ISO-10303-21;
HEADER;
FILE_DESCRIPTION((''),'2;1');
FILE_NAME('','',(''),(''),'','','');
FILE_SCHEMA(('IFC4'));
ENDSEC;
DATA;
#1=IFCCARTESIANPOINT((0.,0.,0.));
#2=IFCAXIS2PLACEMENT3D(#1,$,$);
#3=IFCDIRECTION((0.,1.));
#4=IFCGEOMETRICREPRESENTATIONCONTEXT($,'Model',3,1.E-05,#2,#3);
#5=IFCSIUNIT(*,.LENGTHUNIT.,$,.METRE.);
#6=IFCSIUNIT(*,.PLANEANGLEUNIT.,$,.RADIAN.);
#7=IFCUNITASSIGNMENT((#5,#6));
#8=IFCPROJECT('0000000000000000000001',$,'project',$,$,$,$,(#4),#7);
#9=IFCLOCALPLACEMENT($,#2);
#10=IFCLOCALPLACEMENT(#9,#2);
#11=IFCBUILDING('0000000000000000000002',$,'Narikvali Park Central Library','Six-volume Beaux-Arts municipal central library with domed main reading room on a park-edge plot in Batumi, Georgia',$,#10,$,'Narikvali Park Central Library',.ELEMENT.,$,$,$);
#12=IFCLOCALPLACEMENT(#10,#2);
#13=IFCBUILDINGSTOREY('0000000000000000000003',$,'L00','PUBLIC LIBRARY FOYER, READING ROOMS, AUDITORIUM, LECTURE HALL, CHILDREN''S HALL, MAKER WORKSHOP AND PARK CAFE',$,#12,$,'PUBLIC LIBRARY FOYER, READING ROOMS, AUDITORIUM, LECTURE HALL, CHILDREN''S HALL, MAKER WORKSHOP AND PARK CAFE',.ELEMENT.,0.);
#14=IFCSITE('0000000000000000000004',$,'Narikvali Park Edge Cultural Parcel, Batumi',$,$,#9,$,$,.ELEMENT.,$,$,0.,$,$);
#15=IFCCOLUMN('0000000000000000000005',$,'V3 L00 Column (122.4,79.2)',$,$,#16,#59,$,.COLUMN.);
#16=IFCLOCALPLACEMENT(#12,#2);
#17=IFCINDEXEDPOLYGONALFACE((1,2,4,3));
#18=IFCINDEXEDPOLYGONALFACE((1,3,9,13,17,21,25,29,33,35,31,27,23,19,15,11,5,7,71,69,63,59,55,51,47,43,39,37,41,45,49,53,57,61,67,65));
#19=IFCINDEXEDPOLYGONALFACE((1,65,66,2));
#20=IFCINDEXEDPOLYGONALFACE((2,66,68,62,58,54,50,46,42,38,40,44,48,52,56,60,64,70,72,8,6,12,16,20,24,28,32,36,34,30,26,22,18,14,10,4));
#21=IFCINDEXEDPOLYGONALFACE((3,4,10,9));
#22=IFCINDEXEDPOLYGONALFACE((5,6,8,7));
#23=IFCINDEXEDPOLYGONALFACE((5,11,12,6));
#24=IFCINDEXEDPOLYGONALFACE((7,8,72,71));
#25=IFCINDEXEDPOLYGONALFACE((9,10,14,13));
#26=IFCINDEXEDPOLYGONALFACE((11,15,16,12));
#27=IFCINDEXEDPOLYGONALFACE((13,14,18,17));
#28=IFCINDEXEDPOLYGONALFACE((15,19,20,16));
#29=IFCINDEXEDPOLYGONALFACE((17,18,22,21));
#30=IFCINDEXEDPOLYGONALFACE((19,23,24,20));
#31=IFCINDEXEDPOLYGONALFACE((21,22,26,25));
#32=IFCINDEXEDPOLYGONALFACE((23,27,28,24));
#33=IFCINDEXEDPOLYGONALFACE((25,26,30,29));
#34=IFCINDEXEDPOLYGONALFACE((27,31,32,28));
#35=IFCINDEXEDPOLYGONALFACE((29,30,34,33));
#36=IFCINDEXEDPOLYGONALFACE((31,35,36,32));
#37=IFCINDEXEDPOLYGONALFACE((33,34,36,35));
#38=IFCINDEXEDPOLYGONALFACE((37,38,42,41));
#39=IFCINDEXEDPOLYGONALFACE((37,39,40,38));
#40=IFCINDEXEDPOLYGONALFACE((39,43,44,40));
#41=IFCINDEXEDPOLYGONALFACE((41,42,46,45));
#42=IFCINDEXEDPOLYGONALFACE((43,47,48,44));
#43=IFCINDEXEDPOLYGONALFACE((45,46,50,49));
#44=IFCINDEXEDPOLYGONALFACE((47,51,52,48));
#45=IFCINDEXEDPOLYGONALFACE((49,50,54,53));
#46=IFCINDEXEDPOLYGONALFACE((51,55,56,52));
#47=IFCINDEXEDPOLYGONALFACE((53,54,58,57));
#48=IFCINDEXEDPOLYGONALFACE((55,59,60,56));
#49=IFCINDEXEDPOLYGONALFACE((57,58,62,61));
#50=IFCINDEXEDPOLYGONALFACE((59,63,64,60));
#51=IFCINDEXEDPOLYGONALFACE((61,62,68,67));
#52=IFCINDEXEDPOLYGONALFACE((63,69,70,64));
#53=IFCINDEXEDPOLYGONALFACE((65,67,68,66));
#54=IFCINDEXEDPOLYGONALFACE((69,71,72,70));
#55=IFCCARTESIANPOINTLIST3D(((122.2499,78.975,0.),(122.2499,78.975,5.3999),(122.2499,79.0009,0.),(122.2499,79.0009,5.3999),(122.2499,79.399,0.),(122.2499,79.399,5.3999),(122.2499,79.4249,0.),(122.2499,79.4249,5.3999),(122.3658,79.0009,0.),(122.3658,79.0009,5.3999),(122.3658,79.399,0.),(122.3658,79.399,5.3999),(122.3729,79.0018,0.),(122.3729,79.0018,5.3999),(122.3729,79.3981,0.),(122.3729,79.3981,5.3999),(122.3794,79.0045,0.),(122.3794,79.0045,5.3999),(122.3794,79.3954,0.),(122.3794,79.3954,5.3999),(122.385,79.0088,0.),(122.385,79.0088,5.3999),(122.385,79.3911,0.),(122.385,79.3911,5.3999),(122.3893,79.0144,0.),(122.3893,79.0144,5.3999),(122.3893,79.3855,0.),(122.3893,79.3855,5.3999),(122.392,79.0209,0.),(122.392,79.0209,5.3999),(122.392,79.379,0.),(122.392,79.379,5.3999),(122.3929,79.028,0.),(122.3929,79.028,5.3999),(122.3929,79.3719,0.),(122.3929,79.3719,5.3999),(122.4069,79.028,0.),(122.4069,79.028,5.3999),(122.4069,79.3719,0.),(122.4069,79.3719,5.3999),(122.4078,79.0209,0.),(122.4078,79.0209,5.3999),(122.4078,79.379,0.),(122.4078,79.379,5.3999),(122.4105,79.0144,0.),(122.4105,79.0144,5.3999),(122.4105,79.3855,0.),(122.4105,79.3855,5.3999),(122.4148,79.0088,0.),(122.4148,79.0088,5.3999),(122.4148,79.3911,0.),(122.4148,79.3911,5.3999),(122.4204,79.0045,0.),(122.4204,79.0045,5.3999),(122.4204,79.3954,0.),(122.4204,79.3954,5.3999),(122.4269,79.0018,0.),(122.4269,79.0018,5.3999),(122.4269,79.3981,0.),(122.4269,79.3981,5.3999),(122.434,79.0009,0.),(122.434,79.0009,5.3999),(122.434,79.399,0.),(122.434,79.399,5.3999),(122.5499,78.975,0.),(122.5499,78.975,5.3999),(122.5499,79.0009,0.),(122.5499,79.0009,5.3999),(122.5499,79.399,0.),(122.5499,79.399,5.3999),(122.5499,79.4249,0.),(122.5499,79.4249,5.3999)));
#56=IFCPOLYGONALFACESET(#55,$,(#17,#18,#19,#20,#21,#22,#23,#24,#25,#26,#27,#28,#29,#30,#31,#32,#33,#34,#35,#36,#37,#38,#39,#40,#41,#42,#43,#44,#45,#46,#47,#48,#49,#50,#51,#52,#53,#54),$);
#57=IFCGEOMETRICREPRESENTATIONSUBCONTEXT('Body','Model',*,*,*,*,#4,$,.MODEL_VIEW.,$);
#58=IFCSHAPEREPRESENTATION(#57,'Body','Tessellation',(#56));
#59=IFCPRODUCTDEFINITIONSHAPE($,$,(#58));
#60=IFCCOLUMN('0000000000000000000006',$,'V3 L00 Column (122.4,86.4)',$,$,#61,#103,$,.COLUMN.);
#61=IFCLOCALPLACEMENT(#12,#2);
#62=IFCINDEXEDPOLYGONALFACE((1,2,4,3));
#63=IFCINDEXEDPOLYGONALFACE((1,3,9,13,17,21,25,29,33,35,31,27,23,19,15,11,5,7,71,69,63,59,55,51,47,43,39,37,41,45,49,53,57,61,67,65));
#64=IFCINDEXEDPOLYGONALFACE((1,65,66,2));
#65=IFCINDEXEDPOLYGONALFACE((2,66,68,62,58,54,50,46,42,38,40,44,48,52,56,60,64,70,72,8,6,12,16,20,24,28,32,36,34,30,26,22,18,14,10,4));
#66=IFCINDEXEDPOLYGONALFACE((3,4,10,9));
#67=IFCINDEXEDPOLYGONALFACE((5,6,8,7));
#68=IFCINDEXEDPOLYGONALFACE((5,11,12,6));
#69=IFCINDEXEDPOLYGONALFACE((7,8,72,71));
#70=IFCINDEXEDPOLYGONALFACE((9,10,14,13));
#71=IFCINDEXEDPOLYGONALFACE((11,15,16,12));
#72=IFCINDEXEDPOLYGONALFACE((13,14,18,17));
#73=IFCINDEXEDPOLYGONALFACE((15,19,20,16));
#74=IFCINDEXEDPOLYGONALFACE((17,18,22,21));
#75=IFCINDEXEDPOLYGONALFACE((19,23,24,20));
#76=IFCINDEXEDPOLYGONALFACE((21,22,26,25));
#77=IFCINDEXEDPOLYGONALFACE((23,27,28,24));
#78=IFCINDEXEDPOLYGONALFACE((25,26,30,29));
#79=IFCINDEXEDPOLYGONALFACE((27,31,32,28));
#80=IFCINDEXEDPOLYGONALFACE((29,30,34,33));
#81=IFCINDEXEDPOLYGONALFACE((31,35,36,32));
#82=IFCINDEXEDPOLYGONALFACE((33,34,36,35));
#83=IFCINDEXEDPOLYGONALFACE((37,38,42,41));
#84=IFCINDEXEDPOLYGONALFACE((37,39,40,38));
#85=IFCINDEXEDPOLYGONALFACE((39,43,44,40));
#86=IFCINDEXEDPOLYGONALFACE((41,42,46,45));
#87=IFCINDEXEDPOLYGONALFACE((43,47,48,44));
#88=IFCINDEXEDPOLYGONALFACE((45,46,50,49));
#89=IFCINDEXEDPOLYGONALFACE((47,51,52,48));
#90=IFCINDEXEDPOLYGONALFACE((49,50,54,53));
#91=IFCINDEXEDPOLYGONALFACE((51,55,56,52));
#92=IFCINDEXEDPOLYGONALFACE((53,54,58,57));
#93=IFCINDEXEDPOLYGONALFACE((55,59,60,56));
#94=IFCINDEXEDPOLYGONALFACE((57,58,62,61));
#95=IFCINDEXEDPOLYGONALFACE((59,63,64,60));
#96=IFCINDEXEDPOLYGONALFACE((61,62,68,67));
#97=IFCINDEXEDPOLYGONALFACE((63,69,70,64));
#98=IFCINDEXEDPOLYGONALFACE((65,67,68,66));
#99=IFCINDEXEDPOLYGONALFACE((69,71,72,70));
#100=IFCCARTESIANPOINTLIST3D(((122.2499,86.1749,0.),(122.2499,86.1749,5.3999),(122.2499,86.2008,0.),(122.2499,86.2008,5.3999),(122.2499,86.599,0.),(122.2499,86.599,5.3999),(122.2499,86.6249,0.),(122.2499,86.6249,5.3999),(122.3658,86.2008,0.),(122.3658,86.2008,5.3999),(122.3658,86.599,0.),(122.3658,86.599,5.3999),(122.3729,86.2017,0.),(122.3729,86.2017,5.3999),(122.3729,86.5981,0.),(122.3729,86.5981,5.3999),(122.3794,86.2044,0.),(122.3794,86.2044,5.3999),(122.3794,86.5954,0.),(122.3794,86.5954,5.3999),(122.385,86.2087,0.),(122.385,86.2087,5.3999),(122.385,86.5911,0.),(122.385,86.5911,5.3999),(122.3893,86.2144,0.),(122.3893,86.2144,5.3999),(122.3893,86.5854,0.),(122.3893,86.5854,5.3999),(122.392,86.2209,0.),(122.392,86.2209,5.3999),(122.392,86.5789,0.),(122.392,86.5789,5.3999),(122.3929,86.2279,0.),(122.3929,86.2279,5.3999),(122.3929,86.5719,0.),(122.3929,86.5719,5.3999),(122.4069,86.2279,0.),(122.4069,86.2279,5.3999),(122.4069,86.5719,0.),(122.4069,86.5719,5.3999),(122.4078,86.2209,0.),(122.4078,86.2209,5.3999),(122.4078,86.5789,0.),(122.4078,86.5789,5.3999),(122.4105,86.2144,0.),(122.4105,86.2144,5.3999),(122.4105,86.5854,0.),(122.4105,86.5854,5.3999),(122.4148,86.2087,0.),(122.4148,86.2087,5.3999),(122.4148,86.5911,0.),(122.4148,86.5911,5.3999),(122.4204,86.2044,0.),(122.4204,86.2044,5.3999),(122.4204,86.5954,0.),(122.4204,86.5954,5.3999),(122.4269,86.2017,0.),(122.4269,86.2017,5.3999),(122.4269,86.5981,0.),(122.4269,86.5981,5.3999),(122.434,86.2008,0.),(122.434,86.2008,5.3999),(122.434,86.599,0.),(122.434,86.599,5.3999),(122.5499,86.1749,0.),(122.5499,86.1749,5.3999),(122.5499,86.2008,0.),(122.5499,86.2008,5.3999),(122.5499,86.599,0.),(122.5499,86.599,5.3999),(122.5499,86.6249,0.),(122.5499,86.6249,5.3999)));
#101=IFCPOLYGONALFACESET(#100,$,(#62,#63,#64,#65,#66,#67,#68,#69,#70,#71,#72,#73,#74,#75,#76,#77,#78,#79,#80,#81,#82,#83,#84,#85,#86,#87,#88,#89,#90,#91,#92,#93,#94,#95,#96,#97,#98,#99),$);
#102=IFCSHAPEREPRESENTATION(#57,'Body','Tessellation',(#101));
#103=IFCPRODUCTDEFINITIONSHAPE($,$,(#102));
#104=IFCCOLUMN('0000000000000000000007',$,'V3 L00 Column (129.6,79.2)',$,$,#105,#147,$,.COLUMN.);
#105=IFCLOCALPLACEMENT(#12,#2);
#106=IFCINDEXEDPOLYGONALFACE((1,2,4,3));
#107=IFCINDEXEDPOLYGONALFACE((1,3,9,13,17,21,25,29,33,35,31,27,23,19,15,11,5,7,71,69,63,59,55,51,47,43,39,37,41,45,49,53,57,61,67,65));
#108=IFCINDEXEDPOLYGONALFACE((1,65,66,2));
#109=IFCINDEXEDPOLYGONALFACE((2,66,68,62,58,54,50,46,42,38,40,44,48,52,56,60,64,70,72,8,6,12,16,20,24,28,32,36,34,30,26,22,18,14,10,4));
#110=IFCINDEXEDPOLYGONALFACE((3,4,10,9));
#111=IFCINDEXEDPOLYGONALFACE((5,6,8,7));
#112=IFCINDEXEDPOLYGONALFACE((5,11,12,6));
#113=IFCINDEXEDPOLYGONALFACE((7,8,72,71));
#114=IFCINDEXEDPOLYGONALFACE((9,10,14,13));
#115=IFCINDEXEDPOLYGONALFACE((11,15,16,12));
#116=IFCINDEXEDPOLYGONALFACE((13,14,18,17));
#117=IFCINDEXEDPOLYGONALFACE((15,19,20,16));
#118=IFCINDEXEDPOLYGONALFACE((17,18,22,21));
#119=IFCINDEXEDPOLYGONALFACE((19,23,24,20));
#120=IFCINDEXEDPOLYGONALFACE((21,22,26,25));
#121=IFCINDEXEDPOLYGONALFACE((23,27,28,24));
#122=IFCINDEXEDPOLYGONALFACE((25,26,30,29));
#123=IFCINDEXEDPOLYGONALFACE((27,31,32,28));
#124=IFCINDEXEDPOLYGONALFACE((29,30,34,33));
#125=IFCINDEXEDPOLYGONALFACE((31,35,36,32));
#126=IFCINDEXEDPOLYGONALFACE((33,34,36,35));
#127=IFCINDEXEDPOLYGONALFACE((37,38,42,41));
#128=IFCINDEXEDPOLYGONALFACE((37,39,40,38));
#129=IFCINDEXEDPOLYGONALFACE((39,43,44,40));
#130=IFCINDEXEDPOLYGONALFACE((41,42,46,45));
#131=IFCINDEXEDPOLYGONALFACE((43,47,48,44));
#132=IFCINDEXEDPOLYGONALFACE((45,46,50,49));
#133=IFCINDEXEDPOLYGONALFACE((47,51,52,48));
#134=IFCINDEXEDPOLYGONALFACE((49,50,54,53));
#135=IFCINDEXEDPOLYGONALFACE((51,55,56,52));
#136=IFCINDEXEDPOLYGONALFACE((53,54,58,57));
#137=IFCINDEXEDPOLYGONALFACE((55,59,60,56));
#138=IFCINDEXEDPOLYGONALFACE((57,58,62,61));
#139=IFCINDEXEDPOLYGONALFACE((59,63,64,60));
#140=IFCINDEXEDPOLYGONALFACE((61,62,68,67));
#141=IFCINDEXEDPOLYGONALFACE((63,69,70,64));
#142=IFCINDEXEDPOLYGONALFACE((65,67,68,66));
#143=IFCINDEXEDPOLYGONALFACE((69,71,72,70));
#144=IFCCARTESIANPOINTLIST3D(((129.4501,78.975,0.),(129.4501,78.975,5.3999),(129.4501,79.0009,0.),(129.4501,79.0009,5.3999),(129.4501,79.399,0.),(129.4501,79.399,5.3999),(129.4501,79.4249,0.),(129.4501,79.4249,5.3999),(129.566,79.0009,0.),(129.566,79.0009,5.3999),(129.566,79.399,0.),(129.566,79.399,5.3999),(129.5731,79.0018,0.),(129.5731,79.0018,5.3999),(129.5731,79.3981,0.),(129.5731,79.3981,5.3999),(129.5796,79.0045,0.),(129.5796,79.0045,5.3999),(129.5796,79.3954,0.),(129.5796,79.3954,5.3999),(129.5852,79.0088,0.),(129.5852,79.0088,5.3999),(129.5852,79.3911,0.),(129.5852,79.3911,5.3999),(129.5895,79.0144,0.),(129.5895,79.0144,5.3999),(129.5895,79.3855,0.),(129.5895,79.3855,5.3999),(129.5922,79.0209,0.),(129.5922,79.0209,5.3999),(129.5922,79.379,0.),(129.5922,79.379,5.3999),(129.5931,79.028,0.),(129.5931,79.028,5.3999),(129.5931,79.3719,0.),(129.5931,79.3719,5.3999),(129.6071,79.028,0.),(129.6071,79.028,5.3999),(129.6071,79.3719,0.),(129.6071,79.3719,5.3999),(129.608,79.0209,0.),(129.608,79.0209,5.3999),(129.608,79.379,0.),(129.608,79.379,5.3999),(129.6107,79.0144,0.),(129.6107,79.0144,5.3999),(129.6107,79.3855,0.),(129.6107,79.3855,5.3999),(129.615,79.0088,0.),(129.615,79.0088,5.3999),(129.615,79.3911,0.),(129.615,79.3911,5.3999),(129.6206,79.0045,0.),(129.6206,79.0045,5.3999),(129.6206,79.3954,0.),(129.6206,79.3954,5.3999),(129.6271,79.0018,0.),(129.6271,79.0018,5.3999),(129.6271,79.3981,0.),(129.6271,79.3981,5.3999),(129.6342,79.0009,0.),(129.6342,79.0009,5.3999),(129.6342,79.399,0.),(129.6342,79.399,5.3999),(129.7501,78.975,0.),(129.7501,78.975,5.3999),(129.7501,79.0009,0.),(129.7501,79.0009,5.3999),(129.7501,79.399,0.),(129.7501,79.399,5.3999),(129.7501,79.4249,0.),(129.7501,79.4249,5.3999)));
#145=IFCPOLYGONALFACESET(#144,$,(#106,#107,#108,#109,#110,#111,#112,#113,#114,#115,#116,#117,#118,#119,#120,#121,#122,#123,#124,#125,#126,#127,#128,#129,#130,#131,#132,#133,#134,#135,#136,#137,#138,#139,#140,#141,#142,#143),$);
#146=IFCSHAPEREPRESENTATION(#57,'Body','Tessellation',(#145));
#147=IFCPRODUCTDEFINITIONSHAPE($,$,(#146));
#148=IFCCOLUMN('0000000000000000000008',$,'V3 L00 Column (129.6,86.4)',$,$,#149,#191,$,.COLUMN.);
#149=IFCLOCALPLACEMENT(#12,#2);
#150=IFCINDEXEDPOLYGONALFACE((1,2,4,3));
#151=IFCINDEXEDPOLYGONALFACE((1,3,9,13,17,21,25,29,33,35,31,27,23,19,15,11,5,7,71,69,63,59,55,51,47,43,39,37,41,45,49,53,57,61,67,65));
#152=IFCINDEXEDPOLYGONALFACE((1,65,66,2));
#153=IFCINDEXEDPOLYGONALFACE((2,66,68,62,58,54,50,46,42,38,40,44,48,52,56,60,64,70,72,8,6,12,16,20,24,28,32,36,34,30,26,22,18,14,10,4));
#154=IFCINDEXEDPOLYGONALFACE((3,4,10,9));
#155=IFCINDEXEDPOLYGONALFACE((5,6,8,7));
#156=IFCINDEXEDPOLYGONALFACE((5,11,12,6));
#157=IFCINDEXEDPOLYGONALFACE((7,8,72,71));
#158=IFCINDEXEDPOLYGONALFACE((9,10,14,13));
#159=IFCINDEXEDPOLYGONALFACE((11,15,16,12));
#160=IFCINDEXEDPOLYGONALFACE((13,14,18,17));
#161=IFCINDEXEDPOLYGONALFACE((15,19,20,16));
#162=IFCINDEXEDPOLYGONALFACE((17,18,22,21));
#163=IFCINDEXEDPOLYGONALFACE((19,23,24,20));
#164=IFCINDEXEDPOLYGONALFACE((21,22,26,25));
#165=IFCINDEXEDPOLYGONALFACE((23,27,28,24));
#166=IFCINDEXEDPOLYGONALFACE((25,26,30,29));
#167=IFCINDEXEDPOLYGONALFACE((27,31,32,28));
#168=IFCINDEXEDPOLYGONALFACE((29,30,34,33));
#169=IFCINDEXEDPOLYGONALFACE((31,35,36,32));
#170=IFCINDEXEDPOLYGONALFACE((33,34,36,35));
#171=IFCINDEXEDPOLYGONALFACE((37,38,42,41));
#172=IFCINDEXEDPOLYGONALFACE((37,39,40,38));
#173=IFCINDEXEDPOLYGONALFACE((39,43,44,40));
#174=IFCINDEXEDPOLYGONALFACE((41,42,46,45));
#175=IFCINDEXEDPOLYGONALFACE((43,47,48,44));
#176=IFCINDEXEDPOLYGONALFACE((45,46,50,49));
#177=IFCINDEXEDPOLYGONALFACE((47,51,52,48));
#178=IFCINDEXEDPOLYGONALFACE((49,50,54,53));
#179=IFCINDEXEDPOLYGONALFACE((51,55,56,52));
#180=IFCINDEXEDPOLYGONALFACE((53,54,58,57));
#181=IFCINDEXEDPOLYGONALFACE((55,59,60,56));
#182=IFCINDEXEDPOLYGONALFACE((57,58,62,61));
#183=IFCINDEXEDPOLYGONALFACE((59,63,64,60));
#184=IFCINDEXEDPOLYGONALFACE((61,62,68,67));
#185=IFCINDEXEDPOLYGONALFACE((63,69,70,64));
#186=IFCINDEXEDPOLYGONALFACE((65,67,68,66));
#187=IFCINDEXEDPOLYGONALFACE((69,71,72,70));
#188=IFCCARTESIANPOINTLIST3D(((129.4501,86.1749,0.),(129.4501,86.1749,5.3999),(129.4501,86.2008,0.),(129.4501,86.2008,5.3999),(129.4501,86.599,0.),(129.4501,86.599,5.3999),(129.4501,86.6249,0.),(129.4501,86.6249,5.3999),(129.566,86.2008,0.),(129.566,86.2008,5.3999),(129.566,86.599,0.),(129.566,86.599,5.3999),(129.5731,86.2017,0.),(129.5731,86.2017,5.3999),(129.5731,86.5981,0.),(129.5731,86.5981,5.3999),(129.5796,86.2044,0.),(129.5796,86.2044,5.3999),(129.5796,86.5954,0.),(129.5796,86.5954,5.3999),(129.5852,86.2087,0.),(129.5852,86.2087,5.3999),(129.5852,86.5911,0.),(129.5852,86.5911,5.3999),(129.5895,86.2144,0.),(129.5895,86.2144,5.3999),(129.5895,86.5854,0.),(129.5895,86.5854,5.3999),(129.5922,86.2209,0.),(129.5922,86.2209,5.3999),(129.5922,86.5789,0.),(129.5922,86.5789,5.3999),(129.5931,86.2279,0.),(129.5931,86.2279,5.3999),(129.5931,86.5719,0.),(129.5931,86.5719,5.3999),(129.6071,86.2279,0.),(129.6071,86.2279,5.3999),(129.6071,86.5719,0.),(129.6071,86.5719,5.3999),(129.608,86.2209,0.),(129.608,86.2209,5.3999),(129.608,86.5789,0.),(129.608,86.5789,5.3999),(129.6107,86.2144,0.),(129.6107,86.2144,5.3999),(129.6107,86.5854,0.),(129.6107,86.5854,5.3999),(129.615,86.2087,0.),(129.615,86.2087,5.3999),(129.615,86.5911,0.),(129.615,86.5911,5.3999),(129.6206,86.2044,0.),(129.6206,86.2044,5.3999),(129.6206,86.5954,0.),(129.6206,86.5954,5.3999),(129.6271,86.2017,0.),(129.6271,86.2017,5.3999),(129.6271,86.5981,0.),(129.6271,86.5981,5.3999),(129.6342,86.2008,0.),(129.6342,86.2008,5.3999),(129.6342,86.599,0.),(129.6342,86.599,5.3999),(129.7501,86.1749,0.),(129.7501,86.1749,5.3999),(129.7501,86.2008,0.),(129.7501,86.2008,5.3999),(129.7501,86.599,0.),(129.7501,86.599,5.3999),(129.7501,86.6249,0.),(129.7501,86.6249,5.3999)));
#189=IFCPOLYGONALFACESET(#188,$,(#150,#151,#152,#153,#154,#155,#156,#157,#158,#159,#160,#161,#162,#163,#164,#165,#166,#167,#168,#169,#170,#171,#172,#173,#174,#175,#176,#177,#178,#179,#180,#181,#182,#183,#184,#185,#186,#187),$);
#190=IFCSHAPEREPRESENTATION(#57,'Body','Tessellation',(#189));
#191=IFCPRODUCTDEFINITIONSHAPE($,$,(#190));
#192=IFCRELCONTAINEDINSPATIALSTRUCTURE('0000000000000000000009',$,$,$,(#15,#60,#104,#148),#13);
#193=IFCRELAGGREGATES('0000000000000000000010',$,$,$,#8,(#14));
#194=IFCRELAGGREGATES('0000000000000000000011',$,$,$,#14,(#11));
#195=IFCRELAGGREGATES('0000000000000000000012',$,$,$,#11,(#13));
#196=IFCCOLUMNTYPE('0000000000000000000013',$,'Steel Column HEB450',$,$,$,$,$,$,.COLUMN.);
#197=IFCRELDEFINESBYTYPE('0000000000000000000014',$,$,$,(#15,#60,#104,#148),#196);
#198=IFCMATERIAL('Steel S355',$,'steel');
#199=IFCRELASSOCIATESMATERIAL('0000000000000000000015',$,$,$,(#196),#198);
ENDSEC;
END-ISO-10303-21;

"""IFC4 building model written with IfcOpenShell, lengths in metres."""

from ifc_helpers import new_model, si_unit, direction, frame, origin, origin_2d, place, context, subcontext, project, spatial, i_section, extrude, material, material_profile, profile_set, type_object, element, save


model = new_model("IFC4")

# Units and contexts
model_context = context("Model", 3, precision=1e-05, world=origin(), true_north=direction((0.0, 1.0)))
body_context = subcontext(model_context, "Body", "Model", "MODEL_VIEW")
ifc_project = project(units=[si_unit("LENGTHUNIT", "METRE"), si_unit("PLANEANGLEUNIT", "RADIAN")], contexts=[model_context])

# Site, building, storey
site_placement = place(None, origin())
site = spatial("IfcSite", under=ifc_project, at=site_placement, Name="Narikvali Park Edge Cultural Parcel, Batumi", CompositionType="ELEMENT", RefElevation=0.0)
building_placement = place(site_placement, origin())
building = spatial("IfcBuilding", under=site, at=building_placement, Name="Narikvali Park Central Library", Description="Six-volume Beaux-Arts municipal central library with domed main reading room on a park-edge plot in Batumi, Georgia", LongName="Narikvali Park Central Library", CompositionType="ELEMENT")
storey_placement = place(building_placement, origin())
storey = spatial("IfcBuildingStorey", under=building, at=storey_placement, Name="L00", Description="PUBLIC LIBRARY FOYER, READING ROOMS, AUDITORIUM, LECTURE HALL, CHILDREN'S HALL, MAKER WORKSHOP AND PARK CAFE", LongName="PUBLIC LIBRARY FOYER, READING ROOMS, AUDITORIUM, LECTURE HALL, CHILDREN'S HALL, MAKER WORKSHOP AND PARK CAFE", CompositionType="ELEMENT", Elevation=0.0)

# Columns
ifc_material_1 = material(Name="Steel S355", Category="steel")
ifc_material_profile_1 = material_profile(ifc_material_1, i_section(OverallWidth=0.3, OverallDepth=0.45, WebThickness=0.0139, FlangeThickness=0.0259, FilletRadius=0.0271, at=origin_2d()), Name="HEB 450")
ifc_profile_set_1 = profile_set([ifc_material_profile_1], Name="Steel S355")
column_type = type_object("IfcColumnType", Name="Steel Column HEB450", PredefinedType="COLUMN", material=ifc_profile_set_1)
for number, where, z_axis, x_axis, name in (
    (1, (122.3999, 79.2, 0.0), (0.0, 0.0, 1.0), (1.0, 0.0, 0.0), "V3 L00 Column (122.4,79.2)"),
    (2, (122.3999, 86.3999, 0.0), (0.0, 0.0, 1.0), (1.0, 0.0, 0.0), "V3 L00 Column (122.4,86.4)"),
    (3, (129.6001, 79.2, 0.0), (0.0, 0.0, 1.0), (1.0, 0.0, 0.0), "V3 L00 Column (129.6,79.2)"),
    (4, (129.6001, 86.3999, 0.0), (0.0, 0.0, 1.0), (1.0, 0.0, 0.0), "V3 L00 Column (129.6,86.4)"),
):
    element("IfcColumn", number, at=place(storey_placement, frame(where, z_axis=z_axis, x_axis=x_axis)), inside=storey, type_object=column_type, Name=name, PredefinedType="COLUMN", context=body_context, shape_type="SweptSolid", body=[
        extrude(i_section(OverallWidth=0.3, OverallDepth=0.45, WebThickness=0.0139, FlangeThickness=0.0259, FilletRadius=0.0271, at=origin_2d()), origin(), (0.0, 0.0, 1.0), 5.3999),
    ])

save(model, "model.ifc")
